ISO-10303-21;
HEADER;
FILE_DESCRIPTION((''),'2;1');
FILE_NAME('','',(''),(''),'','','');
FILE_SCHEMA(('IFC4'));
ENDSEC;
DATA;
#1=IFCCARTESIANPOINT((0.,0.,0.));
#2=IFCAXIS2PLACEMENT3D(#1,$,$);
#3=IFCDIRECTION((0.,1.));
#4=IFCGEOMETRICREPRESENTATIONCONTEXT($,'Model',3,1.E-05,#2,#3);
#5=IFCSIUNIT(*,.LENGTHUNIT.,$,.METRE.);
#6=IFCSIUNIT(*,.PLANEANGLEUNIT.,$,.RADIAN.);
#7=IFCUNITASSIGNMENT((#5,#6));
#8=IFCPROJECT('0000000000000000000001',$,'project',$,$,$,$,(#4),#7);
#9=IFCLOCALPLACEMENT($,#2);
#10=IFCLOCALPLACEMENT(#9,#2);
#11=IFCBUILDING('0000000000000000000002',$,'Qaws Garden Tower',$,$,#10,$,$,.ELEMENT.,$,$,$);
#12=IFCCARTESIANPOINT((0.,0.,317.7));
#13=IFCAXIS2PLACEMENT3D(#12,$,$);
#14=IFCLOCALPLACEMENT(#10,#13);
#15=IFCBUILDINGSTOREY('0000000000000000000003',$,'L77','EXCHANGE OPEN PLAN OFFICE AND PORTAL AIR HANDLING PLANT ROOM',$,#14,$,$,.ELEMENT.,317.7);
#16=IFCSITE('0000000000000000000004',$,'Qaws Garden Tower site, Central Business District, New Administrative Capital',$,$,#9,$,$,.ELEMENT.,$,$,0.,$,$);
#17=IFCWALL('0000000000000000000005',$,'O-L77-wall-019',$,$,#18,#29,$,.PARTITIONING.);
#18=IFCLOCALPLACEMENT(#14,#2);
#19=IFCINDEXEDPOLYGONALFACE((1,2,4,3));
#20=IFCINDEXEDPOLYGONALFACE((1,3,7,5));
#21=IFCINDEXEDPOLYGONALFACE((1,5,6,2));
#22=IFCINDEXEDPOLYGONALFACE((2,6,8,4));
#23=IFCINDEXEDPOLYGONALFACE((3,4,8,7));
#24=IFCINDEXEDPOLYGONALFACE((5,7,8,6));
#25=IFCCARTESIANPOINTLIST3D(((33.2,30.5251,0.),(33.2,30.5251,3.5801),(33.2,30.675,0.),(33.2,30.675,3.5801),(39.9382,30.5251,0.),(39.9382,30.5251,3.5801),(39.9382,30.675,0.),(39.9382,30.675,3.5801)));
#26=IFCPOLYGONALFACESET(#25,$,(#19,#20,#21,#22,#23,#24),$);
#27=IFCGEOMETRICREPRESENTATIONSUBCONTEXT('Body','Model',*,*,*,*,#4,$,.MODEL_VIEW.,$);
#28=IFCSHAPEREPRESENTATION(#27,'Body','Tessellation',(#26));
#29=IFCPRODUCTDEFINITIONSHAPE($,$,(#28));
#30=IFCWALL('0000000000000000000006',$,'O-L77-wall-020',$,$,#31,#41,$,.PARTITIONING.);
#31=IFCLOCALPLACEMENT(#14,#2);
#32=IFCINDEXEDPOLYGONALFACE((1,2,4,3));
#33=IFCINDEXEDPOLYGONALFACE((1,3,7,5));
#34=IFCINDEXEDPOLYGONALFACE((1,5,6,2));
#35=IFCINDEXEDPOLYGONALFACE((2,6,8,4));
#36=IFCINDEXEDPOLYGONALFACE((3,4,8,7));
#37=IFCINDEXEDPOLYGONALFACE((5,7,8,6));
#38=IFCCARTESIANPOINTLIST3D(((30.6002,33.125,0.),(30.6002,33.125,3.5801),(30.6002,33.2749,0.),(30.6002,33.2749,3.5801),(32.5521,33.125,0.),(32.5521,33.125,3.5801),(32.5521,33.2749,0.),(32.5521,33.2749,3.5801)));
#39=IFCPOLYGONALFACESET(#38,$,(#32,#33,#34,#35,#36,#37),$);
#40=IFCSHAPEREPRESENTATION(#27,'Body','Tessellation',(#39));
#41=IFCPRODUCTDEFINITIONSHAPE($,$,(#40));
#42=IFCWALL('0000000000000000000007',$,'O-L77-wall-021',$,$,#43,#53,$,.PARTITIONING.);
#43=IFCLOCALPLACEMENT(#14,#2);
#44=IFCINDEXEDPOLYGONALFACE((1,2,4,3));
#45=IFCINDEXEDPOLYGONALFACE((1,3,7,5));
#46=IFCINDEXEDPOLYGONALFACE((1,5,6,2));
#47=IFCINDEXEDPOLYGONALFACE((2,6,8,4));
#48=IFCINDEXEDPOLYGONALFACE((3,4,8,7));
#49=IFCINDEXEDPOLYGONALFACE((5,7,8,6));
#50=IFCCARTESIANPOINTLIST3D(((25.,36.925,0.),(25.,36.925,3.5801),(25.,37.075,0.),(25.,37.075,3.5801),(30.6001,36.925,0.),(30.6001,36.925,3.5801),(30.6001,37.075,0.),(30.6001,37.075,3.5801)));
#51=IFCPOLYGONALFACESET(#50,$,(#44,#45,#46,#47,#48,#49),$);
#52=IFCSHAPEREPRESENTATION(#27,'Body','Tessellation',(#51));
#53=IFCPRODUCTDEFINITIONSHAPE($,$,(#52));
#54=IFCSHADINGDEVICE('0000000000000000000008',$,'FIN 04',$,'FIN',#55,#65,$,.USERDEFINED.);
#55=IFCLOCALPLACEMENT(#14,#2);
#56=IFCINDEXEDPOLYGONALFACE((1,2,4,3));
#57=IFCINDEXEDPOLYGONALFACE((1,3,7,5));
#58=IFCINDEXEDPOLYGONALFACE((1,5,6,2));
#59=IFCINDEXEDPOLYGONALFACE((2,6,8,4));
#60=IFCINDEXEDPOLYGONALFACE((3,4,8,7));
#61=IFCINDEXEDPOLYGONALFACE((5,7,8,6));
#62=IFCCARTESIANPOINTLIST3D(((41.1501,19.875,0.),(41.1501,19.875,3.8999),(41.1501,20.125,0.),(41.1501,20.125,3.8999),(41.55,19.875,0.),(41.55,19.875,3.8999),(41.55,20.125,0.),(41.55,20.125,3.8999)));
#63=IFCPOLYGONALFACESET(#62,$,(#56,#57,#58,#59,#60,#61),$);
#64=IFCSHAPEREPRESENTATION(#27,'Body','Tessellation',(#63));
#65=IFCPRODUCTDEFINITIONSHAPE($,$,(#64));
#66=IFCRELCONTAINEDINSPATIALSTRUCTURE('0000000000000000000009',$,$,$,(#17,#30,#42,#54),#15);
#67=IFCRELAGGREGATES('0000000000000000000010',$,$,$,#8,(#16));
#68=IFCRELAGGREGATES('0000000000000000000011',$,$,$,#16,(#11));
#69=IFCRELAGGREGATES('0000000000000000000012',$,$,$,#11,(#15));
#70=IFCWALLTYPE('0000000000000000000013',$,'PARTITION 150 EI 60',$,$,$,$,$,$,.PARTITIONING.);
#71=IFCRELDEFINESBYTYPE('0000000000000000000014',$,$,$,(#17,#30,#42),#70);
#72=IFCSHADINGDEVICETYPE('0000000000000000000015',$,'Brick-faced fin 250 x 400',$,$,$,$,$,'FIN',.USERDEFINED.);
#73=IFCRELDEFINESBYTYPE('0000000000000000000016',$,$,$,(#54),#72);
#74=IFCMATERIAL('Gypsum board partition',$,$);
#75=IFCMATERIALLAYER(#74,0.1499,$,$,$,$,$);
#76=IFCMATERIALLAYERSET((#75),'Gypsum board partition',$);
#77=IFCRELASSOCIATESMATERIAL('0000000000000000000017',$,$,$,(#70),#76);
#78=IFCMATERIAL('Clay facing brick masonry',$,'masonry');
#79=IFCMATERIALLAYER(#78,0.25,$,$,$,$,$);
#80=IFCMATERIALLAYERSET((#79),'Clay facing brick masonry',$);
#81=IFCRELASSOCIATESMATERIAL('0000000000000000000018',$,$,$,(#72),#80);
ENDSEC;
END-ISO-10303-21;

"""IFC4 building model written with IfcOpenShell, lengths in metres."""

from ifc_helpers import new_model, si_unit, direction, frame, frame_2d, origin, origin_2d, place, context, subcontext, project, spatial, rectangle, extrude, material, layer, layer_set, type_object, element, save


model = new_model("IFC4")

# Units and contexts
model_context = context("Model", 3, precision=1e-05, world=origin(), true_north=direction((0.0, 1.0)))
body_context = subcontext(model_context, "Body", "Model", "MODEL_VIEW")
ifc_project = project(units=[si_unit("LENGTHUNIT", "METRE"), si_unit("PLANEANGLEUNIT", "RADIAN")], contexts=[model_context])

# Site, building, storey
site_placement = place(None, origin())
site = spatial("IfcSite", under=ifc_project, at=site_placement, Name="Qaws Garden Tower site, Central Business District, New Administrative Capital", CompositionType="ELEMENT", RefElevation=0.0)
building_placement = place(site_placement, origin())
building = spatial("IfcBuilding", under=site, at=building_placement, Name="Qaws Garden Tower", CompositionType="ELEMENT")
storey_placement = place(building_placement, frame((0.0, 0.0, 317.7)))
storey = spatial("IfcBuildingStorey", under=building, at=storey_placement, Name="L77", Description="EXCHANGE OPEN PLAN OFFICE AND PORTAL AIR HANDLING PLANT ROOM", CompositionType="ELEMENT", Elevation=317.7)

# Shared definitions
ifc_material_1 = material(Name="Gypsum board partition")
ifc_layer_1 = layer(ifc_material_1, 0.1499)
ifc_layer_set_1 = layer_set([ifc_layer_1], Name="Gypsum board partition")
wall_type_1 = type_object("IfcWallType", Name="PARTITION 150 EI 60", PredefinedType="PARTITIONING", material=ifc_layer_set_1)

# Walls
wall_1_placement = place(storey_placement, frame((33.2, 30.6001, 0.0), z_axis=(0.0, 0.0, 1.0), x_axis=(1.0, 0.0, 0.0)))
element("IfcWall", 1, at=wall_1_placement, inside=storey, type_object=wall_type_1, Name="O-L77-wall-019", PredefinedType="PARTITIONING", context=body_context, shape_type="SweptSolid", body=[
    extrude(rectangle(XDim=6.7383, YDim=0.1499, at=frame_2d((3.3691, 0.0))), origin(), (0.0, 0.0, 1.0), 3.5801),
])
wall_2_placement = place(storey_placement, frame((30.6001, 33.2, 0.0), z_axis=(0.0, 0.0, 1.0), x_axis=(1.0, 0.0, 0.0)))
element("IfcWall", 2, at=wall_2_placement, inside=storey, type_object=wall_type_1, Name="O-L77-wall-020", PredefinedType="PARTITIONING", context=body_context, shape_type="SweptSolid", body=[
    extrude(rectangle(XDim=1.9519, YDim=0.1499, at=frame_2d((0.9761, 0.0))), origin(), (0.0, 0.0, 1.0), 3.5801),
])
wall_3_placement = place(storey_placement, frame((25.0, 37.0, 0.0), z_axis=(0.0, 0.0, 1.0), x_axis=(1.0, 0.0, 0.0)))
element("IfcWall", 3, at=wall_3_placement, inside=storey, type_object=wall_type_1, Name="O-L77-wall-021", PredefinedType="PARTITIONING", context=body_context, shape_type="SweptSolid", body=[
    extrude(rectangle(XDim=5.6001, YDim=0.1499, at=frame_2d((2.8, 0.0))), origin(), (0.0, 0.0, 1.0), 3.5801),
])

# Shading device
ifc_material_2 = material(Name="Clay facing brick masonry", Category="masonry")
ifc_layer_2 = layer(ifc_material_2, 0.25)
ifc_layer_set_2 = layer_set([ifc_layer_2], Name="Clay facing brick masonry")
shading_device_type = type_object("IfcShadingDeviceType", Name="Brick-faced fin 250 x 400", ElementType="FIN", PredefinedType="USERDEFINED", material=ifc_layer_set_2)
shading_device_placement = place(storey_placement, frame((41.3501, 20.0, 0.0), z_axis=(0.0, 0.0, 1.0), x_axis=(0.0, 1.0, 0.0)))
element("IfcShadingDevice", 4, at=shading_device_placement, inside=storey, type_object=shading_device_type, Name="FIN 04", ObjectType="FIN", PredefinedType="USERDEFINED", context=body_context, shape_type="SweptSolid", body=[
    extrude(rectangle(XDim=0.25, YDim=0.3999, at=origin_2d()), origin(), (0.0, 0.0, 1.0), 3.8999),
])

save(model, "model.ifc")
